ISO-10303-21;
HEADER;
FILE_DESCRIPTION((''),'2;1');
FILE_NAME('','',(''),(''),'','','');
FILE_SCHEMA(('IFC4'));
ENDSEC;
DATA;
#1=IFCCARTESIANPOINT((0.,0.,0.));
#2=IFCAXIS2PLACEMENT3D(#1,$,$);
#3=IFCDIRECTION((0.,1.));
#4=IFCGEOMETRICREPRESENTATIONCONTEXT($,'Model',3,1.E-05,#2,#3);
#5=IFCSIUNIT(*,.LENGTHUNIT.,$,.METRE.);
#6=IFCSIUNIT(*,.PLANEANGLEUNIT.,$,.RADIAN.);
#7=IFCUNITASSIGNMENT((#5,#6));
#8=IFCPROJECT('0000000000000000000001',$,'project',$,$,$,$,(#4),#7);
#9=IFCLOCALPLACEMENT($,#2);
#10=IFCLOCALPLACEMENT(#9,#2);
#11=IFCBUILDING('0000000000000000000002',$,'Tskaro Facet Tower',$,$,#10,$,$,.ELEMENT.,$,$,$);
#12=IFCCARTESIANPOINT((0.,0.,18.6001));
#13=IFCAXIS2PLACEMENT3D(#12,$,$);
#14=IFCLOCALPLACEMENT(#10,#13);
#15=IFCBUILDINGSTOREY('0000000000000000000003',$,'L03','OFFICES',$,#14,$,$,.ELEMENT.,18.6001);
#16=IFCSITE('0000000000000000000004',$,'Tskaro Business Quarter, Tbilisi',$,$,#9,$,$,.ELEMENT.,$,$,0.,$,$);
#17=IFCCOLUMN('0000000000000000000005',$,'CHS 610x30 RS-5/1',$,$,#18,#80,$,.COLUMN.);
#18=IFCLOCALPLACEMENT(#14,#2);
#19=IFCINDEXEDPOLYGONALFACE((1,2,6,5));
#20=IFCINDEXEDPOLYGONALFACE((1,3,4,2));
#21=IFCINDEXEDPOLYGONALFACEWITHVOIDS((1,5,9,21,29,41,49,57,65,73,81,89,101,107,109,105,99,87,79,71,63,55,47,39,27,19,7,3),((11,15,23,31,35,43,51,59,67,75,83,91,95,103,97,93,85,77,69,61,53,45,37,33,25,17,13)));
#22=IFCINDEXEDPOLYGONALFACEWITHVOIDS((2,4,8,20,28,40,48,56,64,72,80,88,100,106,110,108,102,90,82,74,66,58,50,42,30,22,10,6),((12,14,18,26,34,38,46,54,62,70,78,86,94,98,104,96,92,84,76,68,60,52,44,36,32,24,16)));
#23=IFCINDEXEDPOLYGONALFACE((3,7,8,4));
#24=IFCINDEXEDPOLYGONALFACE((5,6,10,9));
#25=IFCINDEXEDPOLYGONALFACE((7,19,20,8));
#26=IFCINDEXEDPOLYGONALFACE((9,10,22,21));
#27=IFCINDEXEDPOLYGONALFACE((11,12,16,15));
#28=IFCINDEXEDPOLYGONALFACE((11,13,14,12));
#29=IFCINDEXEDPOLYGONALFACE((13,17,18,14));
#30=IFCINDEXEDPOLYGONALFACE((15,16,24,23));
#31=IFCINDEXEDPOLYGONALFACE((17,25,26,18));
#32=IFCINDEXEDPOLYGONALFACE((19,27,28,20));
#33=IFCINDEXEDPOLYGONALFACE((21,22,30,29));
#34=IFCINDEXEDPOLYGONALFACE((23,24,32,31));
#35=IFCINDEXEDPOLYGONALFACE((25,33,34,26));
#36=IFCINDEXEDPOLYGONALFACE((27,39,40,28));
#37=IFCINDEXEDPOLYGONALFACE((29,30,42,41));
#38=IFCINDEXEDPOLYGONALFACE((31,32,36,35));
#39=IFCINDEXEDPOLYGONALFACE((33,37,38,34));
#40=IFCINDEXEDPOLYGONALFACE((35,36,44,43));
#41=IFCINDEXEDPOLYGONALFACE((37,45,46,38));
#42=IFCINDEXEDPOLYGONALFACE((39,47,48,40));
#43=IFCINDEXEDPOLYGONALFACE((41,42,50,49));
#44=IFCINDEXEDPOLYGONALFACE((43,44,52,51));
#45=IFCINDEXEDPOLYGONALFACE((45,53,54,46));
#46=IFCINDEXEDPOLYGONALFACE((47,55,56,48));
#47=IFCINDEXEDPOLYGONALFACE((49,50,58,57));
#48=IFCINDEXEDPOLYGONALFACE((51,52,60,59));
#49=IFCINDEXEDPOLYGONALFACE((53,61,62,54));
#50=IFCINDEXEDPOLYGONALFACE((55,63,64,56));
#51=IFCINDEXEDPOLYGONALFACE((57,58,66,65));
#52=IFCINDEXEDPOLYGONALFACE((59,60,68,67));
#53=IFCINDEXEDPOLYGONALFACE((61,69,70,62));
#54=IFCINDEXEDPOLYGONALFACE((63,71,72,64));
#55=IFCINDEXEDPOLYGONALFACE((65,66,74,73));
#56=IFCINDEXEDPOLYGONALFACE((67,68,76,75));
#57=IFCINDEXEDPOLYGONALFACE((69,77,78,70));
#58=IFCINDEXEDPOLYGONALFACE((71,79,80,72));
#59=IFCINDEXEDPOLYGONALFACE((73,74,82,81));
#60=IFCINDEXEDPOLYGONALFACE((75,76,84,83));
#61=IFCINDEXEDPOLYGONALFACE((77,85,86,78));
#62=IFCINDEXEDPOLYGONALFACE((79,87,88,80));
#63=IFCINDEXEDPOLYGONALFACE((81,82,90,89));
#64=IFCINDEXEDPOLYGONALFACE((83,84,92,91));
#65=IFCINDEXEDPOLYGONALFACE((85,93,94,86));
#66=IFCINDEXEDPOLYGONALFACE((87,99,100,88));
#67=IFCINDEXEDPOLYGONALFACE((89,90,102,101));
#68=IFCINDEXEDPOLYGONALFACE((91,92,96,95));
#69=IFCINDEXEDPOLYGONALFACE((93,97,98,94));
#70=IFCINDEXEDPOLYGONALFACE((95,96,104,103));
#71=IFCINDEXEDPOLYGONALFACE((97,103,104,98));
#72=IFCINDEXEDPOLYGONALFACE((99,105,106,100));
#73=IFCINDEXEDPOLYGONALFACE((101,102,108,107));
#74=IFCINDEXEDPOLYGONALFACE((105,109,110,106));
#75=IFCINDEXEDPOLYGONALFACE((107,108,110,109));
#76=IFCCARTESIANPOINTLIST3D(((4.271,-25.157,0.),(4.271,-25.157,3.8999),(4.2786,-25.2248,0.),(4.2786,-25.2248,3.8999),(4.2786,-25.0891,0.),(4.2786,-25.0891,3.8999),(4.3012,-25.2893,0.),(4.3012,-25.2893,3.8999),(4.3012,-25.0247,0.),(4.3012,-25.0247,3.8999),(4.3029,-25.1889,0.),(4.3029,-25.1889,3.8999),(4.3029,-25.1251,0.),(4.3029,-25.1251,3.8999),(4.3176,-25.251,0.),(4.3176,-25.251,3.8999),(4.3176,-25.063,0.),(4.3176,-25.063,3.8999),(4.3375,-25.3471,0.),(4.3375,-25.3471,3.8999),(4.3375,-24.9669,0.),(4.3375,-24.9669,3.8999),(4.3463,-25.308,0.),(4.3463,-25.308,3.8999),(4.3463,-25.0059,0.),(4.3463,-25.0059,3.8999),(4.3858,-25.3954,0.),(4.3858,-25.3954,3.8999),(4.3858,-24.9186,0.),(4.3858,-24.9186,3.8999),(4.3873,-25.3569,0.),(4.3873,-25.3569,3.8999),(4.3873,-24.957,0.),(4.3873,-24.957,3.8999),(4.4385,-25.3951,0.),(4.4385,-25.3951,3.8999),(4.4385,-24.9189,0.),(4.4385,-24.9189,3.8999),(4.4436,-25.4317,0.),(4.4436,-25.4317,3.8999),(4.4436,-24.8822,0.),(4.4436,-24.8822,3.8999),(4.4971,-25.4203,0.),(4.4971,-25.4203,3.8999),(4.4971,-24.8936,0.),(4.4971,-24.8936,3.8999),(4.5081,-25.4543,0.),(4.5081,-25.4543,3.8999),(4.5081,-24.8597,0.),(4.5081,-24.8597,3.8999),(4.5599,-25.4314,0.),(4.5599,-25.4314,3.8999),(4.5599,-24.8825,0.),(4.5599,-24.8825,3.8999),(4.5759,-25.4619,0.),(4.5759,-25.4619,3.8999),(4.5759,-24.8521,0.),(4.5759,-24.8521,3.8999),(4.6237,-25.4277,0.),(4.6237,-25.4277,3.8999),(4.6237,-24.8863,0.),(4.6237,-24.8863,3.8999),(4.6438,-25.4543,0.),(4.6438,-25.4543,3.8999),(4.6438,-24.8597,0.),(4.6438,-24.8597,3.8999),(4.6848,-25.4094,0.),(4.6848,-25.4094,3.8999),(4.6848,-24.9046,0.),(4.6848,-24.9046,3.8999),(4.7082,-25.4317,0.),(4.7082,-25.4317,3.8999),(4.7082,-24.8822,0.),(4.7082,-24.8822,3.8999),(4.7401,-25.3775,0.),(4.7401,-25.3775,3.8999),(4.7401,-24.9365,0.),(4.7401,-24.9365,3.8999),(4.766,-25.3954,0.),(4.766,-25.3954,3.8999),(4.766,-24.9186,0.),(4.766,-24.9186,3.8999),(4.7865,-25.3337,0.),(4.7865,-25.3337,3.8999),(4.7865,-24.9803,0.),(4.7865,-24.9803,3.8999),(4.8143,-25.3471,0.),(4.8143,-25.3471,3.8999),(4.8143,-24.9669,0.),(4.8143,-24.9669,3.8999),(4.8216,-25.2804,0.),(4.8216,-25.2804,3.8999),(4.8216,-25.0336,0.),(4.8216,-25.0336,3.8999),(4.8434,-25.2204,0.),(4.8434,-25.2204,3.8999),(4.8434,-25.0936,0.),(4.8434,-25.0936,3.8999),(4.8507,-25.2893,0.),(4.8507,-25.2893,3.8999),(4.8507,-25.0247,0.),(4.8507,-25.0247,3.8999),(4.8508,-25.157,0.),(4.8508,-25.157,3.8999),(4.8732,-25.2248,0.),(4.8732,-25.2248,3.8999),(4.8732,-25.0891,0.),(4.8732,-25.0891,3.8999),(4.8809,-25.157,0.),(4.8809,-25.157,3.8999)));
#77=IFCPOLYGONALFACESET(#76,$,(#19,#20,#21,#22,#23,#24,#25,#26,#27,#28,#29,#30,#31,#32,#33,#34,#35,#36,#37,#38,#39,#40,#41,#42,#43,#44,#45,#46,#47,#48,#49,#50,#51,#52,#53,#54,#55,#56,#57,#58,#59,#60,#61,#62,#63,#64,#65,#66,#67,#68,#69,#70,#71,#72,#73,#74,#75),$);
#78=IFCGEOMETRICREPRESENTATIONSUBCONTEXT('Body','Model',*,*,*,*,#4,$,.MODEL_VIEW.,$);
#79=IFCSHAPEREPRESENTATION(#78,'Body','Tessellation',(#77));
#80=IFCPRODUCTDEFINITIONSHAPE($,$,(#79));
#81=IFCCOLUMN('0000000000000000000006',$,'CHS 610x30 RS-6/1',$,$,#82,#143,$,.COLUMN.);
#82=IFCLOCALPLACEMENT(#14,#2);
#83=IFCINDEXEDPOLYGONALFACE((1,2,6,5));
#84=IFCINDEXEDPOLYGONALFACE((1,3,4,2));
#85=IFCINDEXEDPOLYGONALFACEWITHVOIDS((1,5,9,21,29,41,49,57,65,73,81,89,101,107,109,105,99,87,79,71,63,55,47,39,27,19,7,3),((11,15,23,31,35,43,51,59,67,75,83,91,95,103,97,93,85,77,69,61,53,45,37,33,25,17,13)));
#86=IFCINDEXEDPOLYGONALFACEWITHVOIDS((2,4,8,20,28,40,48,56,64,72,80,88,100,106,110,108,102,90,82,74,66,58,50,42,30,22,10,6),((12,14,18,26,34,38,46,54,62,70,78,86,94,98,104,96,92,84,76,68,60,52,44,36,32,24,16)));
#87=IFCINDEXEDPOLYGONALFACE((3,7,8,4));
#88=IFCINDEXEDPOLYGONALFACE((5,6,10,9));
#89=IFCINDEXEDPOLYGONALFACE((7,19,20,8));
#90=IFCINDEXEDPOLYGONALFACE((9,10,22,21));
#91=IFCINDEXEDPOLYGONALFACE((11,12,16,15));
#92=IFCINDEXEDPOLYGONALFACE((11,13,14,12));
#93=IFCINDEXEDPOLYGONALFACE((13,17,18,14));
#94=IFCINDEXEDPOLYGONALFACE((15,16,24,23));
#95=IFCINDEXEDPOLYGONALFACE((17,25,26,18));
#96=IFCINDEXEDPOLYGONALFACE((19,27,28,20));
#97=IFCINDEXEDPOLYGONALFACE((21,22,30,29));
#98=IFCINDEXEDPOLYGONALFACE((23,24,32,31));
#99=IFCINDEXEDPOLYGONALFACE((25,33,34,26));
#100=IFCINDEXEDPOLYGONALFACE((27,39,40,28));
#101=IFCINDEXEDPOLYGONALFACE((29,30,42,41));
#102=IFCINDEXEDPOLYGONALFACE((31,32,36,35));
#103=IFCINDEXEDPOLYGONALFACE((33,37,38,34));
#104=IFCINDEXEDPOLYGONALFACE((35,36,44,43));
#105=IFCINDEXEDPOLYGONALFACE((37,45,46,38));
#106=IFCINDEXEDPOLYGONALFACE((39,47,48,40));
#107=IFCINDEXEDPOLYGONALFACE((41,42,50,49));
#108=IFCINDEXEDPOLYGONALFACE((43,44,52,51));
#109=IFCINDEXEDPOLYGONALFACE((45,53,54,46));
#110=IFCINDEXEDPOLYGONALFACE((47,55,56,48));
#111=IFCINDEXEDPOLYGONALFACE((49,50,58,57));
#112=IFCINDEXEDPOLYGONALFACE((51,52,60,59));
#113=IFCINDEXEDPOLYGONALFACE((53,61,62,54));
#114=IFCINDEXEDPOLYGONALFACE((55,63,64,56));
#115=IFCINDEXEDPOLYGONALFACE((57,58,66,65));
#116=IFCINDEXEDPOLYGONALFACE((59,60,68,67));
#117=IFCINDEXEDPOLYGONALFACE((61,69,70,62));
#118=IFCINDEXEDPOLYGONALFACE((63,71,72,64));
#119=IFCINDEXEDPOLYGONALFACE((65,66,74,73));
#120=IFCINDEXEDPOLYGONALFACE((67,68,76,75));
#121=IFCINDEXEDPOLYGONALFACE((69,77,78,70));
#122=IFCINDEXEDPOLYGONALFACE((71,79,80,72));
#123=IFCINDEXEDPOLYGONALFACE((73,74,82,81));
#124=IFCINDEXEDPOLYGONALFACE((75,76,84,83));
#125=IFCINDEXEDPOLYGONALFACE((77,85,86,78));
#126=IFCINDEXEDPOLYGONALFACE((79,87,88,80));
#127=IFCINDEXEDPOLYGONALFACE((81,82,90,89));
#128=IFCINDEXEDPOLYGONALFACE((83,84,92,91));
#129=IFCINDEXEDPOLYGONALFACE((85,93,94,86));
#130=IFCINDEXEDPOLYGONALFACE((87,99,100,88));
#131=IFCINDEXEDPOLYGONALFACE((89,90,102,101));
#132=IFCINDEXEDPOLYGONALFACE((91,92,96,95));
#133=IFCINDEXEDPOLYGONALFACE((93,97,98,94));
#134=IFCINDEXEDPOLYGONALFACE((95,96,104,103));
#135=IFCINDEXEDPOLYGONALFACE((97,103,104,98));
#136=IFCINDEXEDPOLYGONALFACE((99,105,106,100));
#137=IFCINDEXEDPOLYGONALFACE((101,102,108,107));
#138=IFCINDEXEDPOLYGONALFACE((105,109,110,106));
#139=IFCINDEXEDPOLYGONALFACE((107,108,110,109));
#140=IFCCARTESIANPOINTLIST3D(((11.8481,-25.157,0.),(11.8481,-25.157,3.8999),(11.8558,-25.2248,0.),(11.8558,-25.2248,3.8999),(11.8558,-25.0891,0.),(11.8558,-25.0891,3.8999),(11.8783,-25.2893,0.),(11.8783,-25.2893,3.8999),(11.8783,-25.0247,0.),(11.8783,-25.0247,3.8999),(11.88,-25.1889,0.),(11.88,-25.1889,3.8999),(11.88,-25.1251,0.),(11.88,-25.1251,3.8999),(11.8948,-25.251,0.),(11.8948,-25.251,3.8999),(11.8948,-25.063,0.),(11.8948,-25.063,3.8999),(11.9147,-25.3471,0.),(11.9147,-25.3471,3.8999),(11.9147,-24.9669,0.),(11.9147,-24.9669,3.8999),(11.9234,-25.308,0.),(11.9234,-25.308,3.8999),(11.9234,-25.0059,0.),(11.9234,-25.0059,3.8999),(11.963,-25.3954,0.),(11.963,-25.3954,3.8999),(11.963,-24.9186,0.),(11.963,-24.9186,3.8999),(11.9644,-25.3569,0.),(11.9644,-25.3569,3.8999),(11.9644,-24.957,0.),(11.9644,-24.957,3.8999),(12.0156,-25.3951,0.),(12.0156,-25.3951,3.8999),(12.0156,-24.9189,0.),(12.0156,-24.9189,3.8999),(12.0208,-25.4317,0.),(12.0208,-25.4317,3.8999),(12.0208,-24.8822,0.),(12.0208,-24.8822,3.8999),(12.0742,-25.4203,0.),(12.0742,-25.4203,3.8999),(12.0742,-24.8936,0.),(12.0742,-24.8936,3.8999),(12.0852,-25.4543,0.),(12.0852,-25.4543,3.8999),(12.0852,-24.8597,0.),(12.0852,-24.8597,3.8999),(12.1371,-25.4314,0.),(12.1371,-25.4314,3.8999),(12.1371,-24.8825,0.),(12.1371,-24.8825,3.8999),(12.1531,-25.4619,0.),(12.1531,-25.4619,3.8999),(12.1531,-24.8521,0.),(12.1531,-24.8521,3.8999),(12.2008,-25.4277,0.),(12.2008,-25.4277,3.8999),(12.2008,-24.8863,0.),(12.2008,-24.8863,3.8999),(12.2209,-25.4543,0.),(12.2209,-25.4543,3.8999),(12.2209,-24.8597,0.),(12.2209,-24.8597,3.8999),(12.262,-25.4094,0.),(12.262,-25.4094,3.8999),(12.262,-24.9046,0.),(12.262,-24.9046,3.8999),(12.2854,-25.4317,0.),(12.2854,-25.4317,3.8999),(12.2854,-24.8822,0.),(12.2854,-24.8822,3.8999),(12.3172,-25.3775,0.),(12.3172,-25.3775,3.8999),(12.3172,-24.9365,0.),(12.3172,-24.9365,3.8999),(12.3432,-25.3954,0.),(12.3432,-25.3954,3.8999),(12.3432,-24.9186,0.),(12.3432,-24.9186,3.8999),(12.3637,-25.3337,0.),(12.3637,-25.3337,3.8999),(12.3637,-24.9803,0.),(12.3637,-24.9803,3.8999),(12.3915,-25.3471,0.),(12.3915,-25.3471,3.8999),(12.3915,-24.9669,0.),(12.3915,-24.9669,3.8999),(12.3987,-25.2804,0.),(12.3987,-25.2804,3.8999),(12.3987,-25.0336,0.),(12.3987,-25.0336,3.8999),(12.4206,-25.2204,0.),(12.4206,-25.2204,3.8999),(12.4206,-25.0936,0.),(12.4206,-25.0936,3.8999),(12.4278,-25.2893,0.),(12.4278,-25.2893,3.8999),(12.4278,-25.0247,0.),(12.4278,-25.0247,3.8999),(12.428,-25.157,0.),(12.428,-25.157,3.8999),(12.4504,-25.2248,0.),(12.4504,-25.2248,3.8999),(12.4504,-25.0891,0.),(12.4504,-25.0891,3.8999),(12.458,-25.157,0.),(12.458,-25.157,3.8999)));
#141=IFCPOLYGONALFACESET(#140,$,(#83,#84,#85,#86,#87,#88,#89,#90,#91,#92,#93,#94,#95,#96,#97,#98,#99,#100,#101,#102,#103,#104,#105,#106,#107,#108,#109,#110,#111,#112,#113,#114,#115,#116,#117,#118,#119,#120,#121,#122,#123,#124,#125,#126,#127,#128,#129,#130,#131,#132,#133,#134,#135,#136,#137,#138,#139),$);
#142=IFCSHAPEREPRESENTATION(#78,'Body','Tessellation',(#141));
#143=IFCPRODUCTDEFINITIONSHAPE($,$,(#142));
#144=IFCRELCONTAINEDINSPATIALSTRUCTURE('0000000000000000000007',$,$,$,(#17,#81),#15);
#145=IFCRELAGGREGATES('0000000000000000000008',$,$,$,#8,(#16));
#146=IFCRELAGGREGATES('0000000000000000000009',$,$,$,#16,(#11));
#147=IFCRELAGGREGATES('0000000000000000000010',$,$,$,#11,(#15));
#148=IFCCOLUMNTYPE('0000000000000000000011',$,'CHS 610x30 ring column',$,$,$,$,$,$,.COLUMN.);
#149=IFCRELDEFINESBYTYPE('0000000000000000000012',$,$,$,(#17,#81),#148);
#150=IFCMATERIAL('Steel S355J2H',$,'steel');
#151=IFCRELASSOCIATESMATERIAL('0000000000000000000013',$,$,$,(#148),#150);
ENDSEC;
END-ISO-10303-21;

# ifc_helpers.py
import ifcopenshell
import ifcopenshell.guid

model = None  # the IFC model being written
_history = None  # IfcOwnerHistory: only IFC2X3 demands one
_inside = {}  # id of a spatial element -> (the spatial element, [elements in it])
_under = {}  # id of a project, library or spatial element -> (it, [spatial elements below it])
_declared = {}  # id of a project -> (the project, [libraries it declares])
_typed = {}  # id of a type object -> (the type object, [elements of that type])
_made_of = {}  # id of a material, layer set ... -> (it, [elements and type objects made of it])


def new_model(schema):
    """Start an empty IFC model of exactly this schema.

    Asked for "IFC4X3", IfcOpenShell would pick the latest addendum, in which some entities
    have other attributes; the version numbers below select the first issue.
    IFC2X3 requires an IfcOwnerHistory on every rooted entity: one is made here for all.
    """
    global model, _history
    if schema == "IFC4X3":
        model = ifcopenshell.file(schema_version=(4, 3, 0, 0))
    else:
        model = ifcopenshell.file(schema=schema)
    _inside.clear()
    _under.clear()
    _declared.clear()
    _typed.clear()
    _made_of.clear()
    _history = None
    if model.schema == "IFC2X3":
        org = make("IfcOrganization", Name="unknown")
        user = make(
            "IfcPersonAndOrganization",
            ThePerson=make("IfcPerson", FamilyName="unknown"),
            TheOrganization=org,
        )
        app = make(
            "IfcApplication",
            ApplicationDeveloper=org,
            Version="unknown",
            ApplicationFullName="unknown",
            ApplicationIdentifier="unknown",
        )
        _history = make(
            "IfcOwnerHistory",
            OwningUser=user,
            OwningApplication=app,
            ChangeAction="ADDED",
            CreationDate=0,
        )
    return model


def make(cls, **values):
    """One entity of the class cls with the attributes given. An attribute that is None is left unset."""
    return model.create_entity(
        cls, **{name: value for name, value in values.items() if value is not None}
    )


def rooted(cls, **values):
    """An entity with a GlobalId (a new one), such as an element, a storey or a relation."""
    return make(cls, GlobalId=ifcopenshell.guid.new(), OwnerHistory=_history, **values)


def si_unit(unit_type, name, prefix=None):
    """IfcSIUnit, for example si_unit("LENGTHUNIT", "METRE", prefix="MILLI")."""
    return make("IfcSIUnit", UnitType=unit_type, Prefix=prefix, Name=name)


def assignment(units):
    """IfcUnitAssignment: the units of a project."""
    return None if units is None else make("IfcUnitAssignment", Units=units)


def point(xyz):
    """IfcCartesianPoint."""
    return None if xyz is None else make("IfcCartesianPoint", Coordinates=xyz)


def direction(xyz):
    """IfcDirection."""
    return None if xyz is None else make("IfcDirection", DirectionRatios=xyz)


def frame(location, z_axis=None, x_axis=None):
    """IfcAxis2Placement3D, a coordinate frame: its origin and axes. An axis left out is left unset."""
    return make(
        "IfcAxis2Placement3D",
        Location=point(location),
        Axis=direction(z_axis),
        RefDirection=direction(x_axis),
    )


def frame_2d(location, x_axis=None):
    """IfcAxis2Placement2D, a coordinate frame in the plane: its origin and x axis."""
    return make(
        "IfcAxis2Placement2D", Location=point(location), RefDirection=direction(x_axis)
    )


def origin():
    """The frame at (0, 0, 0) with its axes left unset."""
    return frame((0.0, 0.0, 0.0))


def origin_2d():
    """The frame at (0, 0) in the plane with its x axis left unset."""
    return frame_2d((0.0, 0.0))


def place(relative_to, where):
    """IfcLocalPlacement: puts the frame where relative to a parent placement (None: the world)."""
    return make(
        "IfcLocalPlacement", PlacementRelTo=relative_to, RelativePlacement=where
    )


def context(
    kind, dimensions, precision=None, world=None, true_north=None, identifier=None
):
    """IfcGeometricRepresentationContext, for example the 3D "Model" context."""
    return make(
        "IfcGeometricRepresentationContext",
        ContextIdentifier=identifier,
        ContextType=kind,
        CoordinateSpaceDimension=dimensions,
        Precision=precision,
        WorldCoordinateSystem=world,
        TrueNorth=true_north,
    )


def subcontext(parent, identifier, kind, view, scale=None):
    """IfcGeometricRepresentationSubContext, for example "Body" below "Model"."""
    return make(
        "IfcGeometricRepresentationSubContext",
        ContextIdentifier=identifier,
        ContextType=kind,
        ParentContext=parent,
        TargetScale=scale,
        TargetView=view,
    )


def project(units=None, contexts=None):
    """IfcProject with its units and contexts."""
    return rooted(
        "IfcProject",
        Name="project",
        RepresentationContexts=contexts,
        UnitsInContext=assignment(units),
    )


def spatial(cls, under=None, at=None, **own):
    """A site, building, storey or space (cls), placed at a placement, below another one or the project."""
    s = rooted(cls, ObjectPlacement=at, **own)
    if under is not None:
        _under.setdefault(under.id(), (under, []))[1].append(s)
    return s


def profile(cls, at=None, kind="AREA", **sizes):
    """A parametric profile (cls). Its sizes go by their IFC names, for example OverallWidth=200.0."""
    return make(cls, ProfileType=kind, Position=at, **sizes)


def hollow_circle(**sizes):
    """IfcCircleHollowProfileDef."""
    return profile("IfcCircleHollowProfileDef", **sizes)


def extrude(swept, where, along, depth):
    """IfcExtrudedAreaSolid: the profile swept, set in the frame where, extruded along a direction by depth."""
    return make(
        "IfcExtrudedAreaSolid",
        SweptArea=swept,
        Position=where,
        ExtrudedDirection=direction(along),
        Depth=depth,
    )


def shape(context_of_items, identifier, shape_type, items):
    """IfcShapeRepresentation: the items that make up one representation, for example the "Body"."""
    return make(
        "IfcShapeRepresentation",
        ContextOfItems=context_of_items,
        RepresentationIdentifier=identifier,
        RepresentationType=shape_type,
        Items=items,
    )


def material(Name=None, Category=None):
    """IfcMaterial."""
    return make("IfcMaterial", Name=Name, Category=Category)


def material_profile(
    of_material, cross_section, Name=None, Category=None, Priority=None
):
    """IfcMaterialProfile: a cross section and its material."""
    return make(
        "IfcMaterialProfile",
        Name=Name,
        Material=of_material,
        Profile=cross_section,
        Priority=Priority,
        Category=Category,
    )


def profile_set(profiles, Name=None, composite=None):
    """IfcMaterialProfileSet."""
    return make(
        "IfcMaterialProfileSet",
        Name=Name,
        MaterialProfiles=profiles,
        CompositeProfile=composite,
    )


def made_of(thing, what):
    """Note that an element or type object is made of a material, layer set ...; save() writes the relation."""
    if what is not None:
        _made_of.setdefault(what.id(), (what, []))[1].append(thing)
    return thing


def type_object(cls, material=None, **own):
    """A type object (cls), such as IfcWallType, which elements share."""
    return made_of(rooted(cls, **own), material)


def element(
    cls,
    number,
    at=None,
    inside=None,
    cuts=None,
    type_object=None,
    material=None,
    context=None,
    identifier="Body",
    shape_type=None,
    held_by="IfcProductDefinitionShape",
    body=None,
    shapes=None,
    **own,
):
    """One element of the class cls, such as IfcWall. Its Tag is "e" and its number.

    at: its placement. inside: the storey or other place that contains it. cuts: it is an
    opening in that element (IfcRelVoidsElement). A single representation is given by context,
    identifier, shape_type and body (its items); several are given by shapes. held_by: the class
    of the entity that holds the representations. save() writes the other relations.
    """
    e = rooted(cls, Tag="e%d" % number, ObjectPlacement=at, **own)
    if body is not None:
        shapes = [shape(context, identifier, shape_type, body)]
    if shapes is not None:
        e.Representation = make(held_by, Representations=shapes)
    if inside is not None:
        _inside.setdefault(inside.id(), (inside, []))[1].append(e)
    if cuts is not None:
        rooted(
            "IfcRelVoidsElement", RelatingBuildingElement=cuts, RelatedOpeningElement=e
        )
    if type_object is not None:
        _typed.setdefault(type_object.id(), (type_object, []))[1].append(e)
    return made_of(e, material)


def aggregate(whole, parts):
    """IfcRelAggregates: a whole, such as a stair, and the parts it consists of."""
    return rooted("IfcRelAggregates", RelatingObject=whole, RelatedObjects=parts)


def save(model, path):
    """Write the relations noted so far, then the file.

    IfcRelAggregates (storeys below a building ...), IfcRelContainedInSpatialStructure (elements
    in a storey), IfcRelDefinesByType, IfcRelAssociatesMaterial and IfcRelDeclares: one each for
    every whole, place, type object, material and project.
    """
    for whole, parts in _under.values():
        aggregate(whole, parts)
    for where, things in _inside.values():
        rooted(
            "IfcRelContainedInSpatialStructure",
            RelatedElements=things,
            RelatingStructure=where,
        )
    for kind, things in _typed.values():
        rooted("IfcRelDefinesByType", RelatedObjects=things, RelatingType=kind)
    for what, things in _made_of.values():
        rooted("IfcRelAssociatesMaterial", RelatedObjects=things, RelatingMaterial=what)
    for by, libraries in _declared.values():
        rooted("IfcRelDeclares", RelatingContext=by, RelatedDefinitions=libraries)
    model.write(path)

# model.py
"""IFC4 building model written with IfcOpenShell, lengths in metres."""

from ifc_helpers import new_model, si_unit, direction, frame, origin, origin_2d, place, context, subcontext, project, spatial, hollow_circle, extrude, material, material_profile, profile_set, type_object, element, save


model = new_model("IFC4")

# Units and contexts
model_context = context("Model", 3, precision=1e-05, world=origin(), true_north=direction((0.0, 1.0)))
body_context = subcontext(model_context, "Body", "Model", "MODEL_VIEW")
ifc_project = project(units=[si_unit("LENGTHUNIT", "METRE"), si_unit("PLANEANGLEUNIT", "RADIAN")], contexts=[model_context])

# Site, building, storey
site_placement = place(None, origin())
site = spatial("IfcSite", under=ifc_project, at=site_placement, Name="Tskaro Business Quarter, Tbilisi", CompositionType="ELEMENT", RefElevation=0.0)
building_placement = place(site_placement, origin())
building = spatial("IfcBuilding", under=site, at=building_placement, Name="Tskaro Facet Tower", CompositionType="ELEMENT")
storey_placement = place(building_placement, frame((0.0, 0.0, 18.6001)))
storey = spatial("IfcBuildingStorey", under=building, at=storey_placement, Name="L03", Description="OFFICES", CompositionType="ELEMENT", Elevation=18.6001)

# Columns
ifc_material_1 = material(Name="Steel S355J2H", Category="steel")
ifc_material_profile_1 = material_profile(ifc_material_1, hollow_circle(Radius=0.3049, WallThickness=0.03, at=origin_2d()), Name="CHS 610x30")
ifc_profile_set_1 = profile_set([ifc_material_profile_1], Name="Steel S355J2H")
column_type_1 = type_object("IfcColumnType", Name="CHS 610x30 ring column", PredefinedType="COLUMN", material=ifc_profile_set_1)
for number, where, z_axis, x_axis, name in (
    (1, (4.5759, -25.157, 0.0), (0.0, 0.0, 1.0), (1.0, 0.0, 0.0), "CHS 610x30 RS-5/1"),
    (2, (12.1531, -25.157, 0.0), (0.0, 0.0, 1.0), (1.0, 0.0, 0.0), "CHS 610x30 RS-6/1"),
):
    element("IfcColumn", number, at=place(storey_placement, frame(where, z_axis=z_axis, x_axis=x_axis)), inside=storey, type_object=column_type_1, Name=name, PredefinedType="COLUMN", context=body_context, shape_type="SweptSolid", body=[
        extrude(hollow_circle(Radius=0.3049, WallThickness=0.03, at=origin_2d()), origin(), (0.0, 0.0, 1.0), 3.8999),
    ])

save(model, "model.ifc")
